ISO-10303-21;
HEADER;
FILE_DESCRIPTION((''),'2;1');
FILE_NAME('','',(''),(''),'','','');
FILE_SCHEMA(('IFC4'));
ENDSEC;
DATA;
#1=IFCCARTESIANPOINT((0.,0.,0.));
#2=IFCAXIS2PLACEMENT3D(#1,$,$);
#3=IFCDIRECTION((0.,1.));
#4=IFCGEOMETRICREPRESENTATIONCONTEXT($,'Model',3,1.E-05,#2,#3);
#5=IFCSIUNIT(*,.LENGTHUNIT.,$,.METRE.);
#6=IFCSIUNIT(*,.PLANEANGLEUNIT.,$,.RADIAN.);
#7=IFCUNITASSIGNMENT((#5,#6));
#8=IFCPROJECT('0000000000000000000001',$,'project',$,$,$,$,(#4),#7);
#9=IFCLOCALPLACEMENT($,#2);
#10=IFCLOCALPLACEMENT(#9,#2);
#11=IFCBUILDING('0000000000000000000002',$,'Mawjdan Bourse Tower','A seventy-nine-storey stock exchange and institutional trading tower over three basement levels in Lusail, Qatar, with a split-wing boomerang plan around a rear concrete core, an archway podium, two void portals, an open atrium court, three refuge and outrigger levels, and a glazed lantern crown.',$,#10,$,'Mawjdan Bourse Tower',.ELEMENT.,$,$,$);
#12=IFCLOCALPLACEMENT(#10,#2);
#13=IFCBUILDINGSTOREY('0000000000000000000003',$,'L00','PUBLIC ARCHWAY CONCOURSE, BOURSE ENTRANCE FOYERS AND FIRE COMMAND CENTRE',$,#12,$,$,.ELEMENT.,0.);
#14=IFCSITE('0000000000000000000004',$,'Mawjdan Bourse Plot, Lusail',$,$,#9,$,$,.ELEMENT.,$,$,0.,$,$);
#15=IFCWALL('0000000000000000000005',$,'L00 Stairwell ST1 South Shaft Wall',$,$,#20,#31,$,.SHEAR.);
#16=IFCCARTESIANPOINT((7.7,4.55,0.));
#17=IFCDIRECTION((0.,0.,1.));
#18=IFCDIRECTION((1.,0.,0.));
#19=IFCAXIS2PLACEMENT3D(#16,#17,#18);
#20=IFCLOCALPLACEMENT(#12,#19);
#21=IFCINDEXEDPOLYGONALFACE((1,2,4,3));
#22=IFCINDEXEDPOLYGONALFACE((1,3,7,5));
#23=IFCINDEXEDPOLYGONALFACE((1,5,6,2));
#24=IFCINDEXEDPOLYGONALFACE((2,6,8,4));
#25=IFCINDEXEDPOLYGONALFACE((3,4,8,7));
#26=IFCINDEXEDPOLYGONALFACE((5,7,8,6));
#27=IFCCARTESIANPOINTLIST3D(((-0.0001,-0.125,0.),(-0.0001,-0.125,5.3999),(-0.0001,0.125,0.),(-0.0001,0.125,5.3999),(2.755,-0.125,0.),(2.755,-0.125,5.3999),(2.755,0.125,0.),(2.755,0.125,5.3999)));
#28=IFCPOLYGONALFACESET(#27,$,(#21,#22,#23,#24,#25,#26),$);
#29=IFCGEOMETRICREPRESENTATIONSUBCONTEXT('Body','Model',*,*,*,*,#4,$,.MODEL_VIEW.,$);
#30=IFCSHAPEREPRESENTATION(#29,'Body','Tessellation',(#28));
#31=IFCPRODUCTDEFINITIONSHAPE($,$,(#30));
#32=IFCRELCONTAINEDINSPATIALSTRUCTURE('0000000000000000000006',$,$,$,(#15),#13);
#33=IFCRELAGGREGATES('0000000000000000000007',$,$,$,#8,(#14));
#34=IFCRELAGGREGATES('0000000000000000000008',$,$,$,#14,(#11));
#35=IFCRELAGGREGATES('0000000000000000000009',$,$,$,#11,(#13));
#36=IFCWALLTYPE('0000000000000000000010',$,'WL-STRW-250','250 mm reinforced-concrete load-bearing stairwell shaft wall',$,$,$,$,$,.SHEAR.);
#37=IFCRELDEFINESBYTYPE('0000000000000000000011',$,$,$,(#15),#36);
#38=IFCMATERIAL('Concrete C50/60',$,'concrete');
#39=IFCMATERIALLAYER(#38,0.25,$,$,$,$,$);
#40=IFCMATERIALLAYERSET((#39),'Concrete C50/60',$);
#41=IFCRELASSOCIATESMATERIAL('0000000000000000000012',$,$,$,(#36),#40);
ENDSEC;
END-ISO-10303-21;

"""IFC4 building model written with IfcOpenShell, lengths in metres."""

from ifc_helpers import new_model, si_unit, direction, frame, frame_2d, origin, place, context, subcontext, project, spatial, rectangle, extrude, material, layer, layer_set, type_object, element, save


model = new_model("IFC4")

# Units and contexts
model_context = context("Model", 3, precision=1e-05, world=origin(), true_north=direction((0.0, 1.0)))
body_context = subcontext(model_context, "Body", "Model", "MODEL_VIEW")
ifc_project = project(units=[si_unit("LENGTHUNIT", "METRE"), si_unit("PLANEANGLEUNIT", "RADIAN")], contexts=[model_context])

# Site, building, storey
site_placement = place(None, origin())
site = spatial("IfcSite", under=ifc_project, at=site_placement, Name="Mawjdan Bourse Plot, Lusail", CompositionType="ELEMENT", RefElevation=0.0)
building_placement = place(site_placement, origin())
building = spatial("IfcBuilding", under=site, at=building_placement, Name="Mawjdan Bourse Tower", Description="A seventy-nine-storey stock exchange and institutional trading tower over three basement levels in Lusail, Qatar, with a split-wing boomerang plan around a rear concrete core, an archway podium, two void portals, an open atrium court, three refuge and outrigger levels, and a glazed lantern crown.", LongName="Mawjdan Bourse Tower", CompositionType="ELEMENT")
storey_placement = place(building_placement, origin())
storey = spatial("IfcBuildingStorey", under=building, at=storey_placement, Name="L00", Description="PUBLIC ARCHWAY CONCOURSE, BOURSE ENTRANCE FOYERS AND FIRE COMMAND CENTRE", CompositionType="ELEMENT", Elevation=0.0)

# Shared definitions
ifc_material_1 = material(Name="Concrete C50/60", Category="concrete")

# Wall
ifc_layer_1 = layer(ifc_material_1, 0.25)
ifc_layer_set_1 = layer_set([ifc_layer_1], Name="Concrete C50/60")
wall_type_1 = type_object("IfcWallType", Name="WL-STRW-250", Description="250 mm reinforced-concrete load-bearing stairwell shaft wall", PredefinedType="SHEAR", material=ifc_layer_set_1)
wall_1_placement = place(storey_placement, frame((7.7, 4.55, 0.0), z_axis=(0.0, 0.0, 1.0), x_axis=(1.0, 0.0, 0.0)))
element("IfcWall", 1, at=wall_1_placement, inside=storey, type_object=wall_type_1, Name="L00 Stairwell ST1 South Shaft Wall", PredefinedType="SHEAR", context=body_context, shape_type="SweptSolid", body=[
    extrude(rectangle(XDim=2.7551, YDim=0.25, at=frame_2d((1.3774, 0.0))), origin(), (0.0, 0.0, 1.0), 5.3999),
])

save(model, "model.ifc")
